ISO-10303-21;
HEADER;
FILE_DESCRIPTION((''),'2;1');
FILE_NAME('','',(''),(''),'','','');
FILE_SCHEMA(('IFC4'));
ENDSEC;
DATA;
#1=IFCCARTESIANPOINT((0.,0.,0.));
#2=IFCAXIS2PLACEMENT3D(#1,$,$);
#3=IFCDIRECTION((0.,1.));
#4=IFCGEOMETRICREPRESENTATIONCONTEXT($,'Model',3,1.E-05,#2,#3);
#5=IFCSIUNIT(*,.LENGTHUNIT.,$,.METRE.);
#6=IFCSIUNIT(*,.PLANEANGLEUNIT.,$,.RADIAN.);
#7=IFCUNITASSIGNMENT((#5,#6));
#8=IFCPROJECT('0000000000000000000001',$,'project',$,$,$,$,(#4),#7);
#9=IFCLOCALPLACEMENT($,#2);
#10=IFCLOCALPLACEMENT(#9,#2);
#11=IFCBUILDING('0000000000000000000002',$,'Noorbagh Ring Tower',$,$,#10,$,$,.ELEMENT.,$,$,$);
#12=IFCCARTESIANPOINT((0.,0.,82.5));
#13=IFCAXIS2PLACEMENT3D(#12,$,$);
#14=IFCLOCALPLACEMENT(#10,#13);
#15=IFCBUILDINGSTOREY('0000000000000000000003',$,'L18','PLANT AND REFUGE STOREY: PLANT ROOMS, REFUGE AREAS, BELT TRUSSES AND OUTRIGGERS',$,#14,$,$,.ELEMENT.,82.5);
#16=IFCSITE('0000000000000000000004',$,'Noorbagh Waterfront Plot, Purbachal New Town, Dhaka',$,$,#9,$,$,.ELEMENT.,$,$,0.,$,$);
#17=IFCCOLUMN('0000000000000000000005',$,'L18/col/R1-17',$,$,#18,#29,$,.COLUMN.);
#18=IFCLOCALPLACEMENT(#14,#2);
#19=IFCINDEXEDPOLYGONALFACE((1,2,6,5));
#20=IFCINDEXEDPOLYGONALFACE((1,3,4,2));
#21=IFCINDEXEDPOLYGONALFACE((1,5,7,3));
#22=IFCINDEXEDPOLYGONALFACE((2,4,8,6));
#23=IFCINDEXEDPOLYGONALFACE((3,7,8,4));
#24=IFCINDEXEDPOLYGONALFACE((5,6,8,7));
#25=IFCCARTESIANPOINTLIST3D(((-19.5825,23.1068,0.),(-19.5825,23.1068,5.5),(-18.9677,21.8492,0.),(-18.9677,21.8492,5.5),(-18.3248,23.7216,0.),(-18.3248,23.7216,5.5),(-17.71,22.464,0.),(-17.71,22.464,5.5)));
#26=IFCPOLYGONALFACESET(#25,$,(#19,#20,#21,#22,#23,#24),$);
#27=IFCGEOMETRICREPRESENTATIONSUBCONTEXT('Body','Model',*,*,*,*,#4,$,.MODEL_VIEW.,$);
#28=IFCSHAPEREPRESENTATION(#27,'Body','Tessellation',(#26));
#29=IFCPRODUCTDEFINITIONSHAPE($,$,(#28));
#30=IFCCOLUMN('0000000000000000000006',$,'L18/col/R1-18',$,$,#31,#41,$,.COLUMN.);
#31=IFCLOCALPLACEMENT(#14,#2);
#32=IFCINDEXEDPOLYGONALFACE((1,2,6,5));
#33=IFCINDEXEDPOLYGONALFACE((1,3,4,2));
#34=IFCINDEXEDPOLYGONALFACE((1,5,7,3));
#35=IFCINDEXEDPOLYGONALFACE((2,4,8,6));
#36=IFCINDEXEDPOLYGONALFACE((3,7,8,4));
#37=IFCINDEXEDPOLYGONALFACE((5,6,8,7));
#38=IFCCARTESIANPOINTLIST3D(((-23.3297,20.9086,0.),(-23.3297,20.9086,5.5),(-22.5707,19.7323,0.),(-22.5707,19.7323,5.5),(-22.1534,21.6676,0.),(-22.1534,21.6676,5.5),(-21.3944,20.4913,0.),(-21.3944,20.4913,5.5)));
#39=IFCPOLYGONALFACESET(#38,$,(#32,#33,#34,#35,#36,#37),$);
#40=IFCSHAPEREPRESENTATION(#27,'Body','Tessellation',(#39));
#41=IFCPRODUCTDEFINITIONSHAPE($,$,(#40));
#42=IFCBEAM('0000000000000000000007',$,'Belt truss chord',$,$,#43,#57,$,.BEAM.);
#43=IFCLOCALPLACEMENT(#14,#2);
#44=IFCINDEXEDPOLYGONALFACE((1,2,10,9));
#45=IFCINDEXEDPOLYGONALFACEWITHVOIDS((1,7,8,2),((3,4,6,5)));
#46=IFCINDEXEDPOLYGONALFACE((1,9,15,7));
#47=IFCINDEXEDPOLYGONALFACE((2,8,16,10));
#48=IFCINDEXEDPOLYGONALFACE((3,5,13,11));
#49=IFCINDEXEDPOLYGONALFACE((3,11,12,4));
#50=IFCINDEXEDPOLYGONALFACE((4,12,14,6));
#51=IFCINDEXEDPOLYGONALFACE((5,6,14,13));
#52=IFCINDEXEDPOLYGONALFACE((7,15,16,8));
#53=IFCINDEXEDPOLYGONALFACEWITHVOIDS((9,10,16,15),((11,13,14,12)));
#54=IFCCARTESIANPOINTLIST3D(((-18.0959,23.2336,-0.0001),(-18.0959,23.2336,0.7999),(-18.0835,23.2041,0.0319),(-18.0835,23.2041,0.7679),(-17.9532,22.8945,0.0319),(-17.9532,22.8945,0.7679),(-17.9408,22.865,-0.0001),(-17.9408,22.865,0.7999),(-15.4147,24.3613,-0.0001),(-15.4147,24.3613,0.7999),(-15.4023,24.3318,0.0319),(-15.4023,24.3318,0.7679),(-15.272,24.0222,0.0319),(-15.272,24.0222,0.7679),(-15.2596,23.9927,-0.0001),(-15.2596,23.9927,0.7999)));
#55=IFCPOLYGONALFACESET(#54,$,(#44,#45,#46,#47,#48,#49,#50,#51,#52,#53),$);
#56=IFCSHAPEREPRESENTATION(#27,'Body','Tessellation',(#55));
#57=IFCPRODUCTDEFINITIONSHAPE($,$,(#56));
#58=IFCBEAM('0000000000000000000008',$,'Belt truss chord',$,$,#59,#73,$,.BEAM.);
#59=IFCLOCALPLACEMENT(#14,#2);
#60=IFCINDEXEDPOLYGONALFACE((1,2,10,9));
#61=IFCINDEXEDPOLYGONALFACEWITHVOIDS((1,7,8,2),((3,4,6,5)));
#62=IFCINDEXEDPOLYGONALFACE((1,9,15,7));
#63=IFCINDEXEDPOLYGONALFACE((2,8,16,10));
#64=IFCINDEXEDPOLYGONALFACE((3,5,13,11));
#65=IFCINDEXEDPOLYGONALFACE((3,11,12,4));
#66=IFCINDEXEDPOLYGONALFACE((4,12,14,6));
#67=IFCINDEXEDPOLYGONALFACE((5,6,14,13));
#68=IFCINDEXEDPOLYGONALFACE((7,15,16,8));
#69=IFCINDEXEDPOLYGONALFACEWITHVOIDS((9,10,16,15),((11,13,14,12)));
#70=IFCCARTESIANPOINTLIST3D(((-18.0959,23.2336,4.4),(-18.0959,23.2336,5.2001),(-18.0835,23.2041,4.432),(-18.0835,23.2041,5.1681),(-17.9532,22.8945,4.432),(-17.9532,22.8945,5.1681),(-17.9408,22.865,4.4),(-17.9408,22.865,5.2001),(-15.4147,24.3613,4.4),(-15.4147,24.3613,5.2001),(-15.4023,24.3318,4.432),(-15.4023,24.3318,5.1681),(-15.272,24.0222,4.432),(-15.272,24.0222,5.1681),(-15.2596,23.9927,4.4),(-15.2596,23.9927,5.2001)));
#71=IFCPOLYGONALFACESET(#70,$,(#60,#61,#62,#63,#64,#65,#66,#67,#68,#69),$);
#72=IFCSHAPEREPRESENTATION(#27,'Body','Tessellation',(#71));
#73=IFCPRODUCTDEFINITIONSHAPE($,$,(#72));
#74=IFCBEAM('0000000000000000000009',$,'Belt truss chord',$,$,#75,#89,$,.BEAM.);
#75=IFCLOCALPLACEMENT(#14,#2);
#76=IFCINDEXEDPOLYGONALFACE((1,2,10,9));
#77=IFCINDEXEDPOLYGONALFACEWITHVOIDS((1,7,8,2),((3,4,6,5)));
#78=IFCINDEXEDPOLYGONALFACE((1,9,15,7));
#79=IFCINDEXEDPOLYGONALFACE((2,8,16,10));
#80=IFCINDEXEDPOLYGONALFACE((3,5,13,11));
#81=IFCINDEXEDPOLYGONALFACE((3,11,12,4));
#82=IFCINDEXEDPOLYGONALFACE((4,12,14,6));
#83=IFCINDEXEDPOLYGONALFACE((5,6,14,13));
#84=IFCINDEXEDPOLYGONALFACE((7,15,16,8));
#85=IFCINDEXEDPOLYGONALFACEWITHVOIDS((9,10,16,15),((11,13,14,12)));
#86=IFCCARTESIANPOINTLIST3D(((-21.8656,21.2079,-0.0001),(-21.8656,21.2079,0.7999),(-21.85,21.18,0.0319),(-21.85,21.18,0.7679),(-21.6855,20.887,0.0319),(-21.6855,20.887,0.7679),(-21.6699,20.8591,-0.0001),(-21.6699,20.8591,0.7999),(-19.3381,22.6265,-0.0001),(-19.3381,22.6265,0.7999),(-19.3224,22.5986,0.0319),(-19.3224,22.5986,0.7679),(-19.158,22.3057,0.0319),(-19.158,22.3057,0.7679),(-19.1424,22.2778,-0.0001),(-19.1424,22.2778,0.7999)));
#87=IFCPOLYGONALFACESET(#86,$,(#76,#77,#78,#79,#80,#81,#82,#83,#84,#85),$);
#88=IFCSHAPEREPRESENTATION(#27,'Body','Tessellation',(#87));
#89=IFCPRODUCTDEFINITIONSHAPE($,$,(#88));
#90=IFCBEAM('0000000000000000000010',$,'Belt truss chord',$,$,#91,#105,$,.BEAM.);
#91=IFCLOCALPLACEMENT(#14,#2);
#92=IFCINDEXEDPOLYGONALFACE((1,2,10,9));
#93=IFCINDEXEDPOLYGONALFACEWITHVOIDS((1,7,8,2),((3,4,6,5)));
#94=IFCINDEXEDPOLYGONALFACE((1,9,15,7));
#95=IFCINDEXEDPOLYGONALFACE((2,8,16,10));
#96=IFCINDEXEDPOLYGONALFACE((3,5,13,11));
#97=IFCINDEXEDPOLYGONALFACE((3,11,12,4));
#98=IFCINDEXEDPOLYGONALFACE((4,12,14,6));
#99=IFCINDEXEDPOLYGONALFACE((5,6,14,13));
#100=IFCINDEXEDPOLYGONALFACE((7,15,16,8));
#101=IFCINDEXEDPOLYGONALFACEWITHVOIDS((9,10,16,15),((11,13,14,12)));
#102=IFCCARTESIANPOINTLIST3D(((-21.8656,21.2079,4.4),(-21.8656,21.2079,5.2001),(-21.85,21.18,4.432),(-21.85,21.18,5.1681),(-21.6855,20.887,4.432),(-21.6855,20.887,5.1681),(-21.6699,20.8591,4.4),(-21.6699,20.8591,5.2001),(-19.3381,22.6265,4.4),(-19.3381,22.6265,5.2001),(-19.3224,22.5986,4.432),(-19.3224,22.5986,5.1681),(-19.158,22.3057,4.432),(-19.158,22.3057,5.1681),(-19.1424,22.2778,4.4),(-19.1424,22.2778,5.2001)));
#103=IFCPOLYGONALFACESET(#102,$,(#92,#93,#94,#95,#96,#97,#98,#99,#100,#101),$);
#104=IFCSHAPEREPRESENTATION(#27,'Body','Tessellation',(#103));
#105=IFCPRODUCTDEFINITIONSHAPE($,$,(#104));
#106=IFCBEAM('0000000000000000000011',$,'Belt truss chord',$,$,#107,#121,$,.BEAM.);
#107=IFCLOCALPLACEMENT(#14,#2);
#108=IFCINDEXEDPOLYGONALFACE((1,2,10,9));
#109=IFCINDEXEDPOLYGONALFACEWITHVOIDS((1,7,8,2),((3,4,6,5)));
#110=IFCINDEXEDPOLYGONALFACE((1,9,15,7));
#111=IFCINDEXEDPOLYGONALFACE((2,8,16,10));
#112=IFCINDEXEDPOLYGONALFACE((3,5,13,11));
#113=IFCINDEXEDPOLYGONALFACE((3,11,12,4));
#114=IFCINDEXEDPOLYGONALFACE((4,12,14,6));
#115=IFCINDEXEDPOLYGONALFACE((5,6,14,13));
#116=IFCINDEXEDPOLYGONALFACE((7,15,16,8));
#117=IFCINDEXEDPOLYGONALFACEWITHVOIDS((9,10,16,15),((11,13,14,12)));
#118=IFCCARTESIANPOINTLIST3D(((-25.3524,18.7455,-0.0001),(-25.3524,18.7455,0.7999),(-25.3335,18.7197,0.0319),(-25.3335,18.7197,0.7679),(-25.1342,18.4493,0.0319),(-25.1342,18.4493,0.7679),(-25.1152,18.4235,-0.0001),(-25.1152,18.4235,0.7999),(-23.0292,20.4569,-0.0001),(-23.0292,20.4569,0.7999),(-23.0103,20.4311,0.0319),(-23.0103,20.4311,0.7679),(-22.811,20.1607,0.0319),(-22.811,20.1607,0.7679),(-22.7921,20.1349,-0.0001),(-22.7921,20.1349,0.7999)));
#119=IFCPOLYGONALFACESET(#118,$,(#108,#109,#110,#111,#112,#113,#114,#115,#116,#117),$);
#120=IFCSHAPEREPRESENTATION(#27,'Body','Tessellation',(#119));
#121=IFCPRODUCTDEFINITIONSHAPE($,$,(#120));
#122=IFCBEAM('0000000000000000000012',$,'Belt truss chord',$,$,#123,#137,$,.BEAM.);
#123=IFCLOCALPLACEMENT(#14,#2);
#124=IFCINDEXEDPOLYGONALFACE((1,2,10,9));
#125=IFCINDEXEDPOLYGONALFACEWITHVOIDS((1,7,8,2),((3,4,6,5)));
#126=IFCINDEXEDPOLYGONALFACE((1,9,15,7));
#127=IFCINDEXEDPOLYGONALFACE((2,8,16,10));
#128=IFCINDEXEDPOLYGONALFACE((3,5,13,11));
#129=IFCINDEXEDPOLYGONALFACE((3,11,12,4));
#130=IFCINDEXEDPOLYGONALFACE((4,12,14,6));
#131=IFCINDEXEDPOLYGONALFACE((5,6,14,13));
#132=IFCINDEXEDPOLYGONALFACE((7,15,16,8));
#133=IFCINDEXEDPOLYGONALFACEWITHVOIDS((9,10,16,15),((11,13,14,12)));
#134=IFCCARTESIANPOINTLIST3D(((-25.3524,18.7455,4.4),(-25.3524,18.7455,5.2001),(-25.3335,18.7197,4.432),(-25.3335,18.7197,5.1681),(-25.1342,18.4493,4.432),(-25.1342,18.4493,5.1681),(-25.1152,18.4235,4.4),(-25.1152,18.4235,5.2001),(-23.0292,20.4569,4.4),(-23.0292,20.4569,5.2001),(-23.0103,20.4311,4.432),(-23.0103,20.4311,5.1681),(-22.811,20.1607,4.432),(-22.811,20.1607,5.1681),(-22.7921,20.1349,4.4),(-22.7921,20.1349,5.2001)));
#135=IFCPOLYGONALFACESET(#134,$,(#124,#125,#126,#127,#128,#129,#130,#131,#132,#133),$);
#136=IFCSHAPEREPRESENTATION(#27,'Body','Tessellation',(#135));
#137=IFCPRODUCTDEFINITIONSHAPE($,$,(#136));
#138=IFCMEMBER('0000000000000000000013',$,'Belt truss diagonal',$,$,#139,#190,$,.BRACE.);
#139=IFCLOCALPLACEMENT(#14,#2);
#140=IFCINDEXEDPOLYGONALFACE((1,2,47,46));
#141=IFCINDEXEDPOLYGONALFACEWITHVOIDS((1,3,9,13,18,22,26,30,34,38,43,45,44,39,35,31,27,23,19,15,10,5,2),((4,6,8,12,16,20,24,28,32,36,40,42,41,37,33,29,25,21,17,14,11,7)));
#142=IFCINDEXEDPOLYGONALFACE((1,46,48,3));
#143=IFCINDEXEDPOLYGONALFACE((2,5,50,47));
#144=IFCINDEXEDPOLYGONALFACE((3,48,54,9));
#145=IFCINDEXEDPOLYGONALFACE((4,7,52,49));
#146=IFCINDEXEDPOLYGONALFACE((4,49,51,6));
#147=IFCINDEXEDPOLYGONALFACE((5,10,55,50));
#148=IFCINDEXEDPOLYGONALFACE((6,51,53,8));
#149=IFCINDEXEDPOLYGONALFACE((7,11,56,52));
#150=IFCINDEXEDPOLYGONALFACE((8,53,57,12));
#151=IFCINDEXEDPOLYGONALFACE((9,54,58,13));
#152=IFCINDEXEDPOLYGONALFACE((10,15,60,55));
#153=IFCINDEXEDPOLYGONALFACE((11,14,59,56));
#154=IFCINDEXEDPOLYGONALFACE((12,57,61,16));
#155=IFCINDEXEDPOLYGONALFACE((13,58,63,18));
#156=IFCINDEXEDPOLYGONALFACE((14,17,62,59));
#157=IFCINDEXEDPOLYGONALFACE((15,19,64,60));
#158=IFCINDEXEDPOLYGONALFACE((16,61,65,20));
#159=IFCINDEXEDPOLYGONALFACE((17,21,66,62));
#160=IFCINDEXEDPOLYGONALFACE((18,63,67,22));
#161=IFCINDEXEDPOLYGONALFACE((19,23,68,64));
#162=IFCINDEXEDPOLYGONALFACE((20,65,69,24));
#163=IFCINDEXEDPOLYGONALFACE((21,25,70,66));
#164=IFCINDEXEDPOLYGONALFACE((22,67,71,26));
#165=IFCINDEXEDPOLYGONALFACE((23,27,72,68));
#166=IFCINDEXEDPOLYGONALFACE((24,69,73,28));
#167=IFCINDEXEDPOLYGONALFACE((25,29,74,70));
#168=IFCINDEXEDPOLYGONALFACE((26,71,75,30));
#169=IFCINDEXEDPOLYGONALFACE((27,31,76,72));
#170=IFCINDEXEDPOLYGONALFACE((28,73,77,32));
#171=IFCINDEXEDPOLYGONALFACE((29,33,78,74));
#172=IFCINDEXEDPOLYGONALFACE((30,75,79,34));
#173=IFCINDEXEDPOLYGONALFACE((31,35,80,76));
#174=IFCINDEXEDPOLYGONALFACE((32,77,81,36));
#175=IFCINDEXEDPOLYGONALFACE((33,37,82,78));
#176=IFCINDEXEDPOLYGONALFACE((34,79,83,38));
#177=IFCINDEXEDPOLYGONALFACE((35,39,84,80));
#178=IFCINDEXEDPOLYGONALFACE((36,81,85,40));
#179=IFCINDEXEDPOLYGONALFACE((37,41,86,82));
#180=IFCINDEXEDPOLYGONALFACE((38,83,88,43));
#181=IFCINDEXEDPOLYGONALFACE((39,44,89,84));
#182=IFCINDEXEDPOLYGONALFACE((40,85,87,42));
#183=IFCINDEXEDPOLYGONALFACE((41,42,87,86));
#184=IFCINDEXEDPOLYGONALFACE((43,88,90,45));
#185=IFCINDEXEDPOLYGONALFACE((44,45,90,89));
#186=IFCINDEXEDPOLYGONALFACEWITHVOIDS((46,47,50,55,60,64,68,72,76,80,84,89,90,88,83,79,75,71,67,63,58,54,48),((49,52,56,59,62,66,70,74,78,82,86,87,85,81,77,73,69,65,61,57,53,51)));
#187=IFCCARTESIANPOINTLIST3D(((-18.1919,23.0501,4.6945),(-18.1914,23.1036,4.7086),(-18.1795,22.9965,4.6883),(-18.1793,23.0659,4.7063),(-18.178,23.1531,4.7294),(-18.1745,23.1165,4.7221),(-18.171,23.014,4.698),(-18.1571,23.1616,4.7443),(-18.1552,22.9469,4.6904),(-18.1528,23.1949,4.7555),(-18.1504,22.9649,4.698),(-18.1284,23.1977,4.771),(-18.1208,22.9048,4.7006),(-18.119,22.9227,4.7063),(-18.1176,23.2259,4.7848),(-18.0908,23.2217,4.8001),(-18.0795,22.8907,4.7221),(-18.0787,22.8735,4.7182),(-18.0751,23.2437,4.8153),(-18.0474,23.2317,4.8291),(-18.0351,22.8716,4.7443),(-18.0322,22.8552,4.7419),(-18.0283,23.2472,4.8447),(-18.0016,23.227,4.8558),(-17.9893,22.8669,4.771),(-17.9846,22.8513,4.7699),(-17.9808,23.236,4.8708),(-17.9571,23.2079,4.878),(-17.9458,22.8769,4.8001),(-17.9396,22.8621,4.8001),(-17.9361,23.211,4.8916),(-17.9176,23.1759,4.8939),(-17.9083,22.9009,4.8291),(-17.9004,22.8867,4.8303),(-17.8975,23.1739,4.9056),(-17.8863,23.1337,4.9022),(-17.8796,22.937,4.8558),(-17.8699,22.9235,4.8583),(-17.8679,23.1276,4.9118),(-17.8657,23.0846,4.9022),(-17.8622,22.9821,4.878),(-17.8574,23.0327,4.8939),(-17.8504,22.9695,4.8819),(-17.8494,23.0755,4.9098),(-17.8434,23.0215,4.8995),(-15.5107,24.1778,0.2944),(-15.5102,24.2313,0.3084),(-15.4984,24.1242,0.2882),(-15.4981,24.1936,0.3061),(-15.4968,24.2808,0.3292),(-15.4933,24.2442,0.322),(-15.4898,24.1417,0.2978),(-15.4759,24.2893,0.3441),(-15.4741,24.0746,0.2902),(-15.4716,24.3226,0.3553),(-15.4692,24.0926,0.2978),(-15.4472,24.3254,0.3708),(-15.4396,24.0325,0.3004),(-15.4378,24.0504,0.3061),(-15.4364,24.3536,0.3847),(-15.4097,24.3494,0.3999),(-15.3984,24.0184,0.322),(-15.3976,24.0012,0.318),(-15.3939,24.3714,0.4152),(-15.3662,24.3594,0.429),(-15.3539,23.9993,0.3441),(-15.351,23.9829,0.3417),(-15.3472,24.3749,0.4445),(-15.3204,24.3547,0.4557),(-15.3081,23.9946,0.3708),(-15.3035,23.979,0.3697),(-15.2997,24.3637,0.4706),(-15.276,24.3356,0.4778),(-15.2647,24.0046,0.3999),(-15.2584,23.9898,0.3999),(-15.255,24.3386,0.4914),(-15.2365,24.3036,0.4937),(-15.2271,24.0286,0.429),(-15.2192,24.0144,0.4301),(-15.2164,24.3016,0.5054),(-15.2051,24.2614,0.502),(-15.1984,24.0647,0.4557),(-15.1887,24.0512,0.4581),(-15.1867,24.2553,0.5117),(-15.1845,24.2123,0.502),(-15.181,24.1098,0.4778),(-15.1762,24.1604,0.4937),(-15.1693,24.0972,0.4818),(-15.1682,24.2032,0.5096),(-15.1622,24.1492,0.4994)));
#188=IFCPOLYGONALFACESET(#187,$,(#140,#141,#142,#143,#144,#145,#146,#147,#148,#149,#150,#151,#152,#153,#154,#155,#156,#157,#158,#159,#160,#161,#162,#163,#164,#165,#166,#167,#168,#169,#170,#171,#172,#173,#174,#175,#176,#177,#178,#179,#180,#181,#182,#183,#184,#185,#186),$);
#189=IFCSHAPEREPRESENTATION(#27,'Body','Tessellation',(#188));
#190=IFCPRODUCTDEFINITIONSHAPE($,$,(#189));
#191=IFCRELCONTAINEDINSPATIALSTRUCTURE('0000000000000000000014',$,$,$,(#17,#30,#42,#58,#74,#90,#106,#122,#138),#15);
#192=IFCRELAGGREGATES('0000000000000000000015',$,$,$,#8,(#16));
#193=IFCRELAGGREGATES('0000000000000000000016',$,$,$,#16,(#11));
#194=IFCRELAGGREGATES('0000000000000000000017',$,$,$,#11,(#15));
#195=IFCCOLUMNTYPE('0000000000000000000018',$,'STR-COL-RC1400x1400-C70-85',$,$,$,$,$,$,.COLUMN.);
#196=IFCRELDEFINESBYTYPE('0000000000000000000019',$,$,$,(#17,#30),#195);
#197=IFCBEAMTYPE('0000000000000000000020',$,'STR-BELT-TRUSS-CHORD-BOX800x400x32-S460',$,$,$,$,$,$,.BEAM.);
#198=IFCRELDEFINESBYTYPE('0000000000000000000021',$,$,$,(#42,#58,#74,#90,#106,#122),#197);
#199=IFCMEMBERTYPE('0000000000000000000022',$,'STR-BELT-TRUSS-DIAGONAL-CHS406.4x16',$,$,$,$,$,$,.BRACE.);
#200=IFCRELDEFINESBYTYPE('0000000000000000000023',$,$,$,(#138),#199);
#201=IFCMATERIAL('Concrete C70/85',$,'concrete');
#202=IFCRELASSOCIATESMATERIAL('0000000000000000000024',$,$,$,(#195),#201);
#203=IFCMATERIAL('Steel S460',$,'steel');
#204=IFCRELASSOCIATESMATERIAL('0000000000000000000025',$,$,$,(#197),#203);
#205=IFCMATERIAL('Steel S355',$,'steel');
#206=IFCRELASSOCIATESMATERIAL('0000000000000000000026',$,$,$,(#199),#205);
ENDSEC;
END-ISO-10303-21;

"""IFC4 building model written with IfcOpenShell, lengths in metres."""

from ifc_helpers import new_model, si_unit, direction, frame, origin, origin_2d, place, context, subcontext, project, spatial, rectangle, hollow_rectangle, hollow_circle, extrude, material, material_profile, profile_set, type_object, element, save


model = new_model("IFC4")

# Units and contexts
model_context = context("Model", 3, precision=1e-05, world=origin(), true_north=direction((0.0, 1.0)))
body_context = subcontext(model_context, "Body", "Model", "MODEL_VIEW")
ifc_project = project(units=[si_unit("LENGTHUNIT", "METRE"), si_unit("PLANEANGLEUNIT", "RADIAN")], contexts=[model_context])

# Site, building, storey
site_placement = place(None, origin())
site = spatial("IfcSite", under=ifc_project, at=site_placement, Name="Noorbagh Waterfront Plot, Purbachal New Town, Dhaka", CompositionType="ELEMENT", RefElevation=0.0)
building_placement = place(site_placement, origin())
building = spatial("IfcBuilding", under=site, at=building_placement, Name="Noorbagh Ring Tower", CompositionType="ELEMENT")
storey_placement = place(building_placement, frame((0.0, 0.0, 82.5)))
storey = spatial("IfcBuildingStorey", under=building, at=storey_placement, Name="L18", Description="PLANT AND REFUGE STOREY: PLANT ROOMS, REFUGE AREAS, BELT TRUSSES AND OUTRIGGERS", CompositionType="ELEMENT", Elevation=82.5)

# Columns
ifc_material_1 = material(Name="Concrete C70/85", Category="concrete")
ifc_material_profile_1 = material_profile(ifc_material_1, rectangle(XDim=1.3999, YDim=1.3999, at=origin_2d()), Name="RC1400x1400")
ifc_profile_set_1 = profile_set([ifc_material_profile_1], Name="Concrete C70/85")
column_type = type_object("IfcColumnType", Name="STR-COL-RC1400x1400-C70-85", PredefinedType="COLUMN", material=ifc_profile_set_1)
for number, where, z_axis, x_axis, name in (
    (1, (-18.6462, 22.7854, 0.0), (0.0, 0.0, 1.0), (-0.898399, -0.43918, 0.0), "L18/col/R1-17"),
    (2, (-22.3621, 20.7, 0.0), (0.0, 0.0, 1.0), (-0.840248, -0.542203, 0.0), "L18/col/R1-18"),
):
    element("IfcColumn", number, at=place(storey_placement, frame(where, z_axis=z_axis, x_axis=x_axis)), inside=storey, type_object=column_type, Name=name, PredefinedType="COLUMN", context=body_context, shape_type="SweptSolid", body=[
        extrude(rectangle(XDim=1.3999, YDim=1.3999, at=origin_2d()), origin(), (0.0, 0.0, 1.0), 5.5),
    ])

# Beams
ifc_material_2 = material(Name="Steel S460", Category="steel")
ifc_material_profile_2 = material_profile(ifc_material_2, hollow_rectangle(XDim=0.3999, YDim=0.8, WallThickness=0.032, at=origin_2d()), Name="BOX800x400x32")
ifc_profile_set_2 = profile_set([ifc_material_profile_2], Name="Steel S460")
beam_type_1 = type_object("IfcBeamType", Name="STR-BELT-TRUSS-CHORD-BOX800x400x32-S460", PredefinedType="BEAM", material=ifc_profile_set_2)
for number, where, z_axis, x_axis, name in (
    (3, (-15.3372, 24.177, 0.3999), (-0.921785, -0.3877, 0.0), (0.3877, -0.921785, 0.0), "Belt truss chord"),
    (4, (-15.3372, 24.177, 4.8), (-0.921785, -0.3877, 0.0), (0.3877, -0.921785, 0.0), "Belt truss chord"),
):
    element("IfcBeam", number, at=place(storey_placement, frame(where, z_axis=z_axis, x_axis=x_axis)), inside=storey, type_object=beam_type_1, Name=name, PredefinedType="BEAM", context=body_context, shape_type="SweptSolid", body=[
        extrude(hollow_rectangle(XDim=0.3999, YDim=0.8, WallThickness=0.032, at=origin_2d()), origin(), (0.0, 0.0, 1.0), 2.9087),
    ])
for number, where, z_axis, x_axis, name in (
    (5, (-19.2402, 22.4521, 0.3999), (-0.872027, -0.489457, 0.0), (0.489457, -0.872027, 0.0), "Belt truss chord"),
    (6, (-19.2402, 22.4521, 4.8), (-0.872027, -0.489457, 0.0), (0.489457, -0.872027, 0.0), "Belt truss chord"),
):
    element("IfcBeam", number, at=place(storey_placement, frame(where, z_axis=z_axis, x_axis=x_axis)), inside=storey, type_object=beam_type_1, Name=name, PredefinedType="BEAM", context=body_context, shape_type="SweptSolid", body=[
        extrude(hollow_rectangle(XDim=0.3999, YDim=0.8, WallThickness=0.032, at=origin_2d()), origin(), (0.0, 0.0, 1.0), 2.8984),
    ])
for number, where, z_axis, x_axis, name in (
    (7, (-22.9106, 20.2959, 0.3999), (-0.805128, -0.593101, 0.0), (0.593101, -0.805128, 0.0), "Belt truss chord"),
    (8, (-22.9106, 20.2959, 4.8), (-0.805128, -0.593101, 0.0), (0.593101, -0.805128, 0.0), "Belt truss chord"),
):
    element("IfcBeam", number, at=place(storey_placement, frame(where, z_axis=z_axis, x_axis=x_axis)), inside=storey, type_object=beam_type_1, Name=name, PredefinedType="BEAM", context=body_context, shape_type="SweptSolid", body=[
        extrude(hollow_rectangle(XDim=0.3999, YDim=0.8, WallThickness=0.032, at=origin_2d()), origin(), (0.0, 0.0, 1.0), 2.8855),
    ])

# Member
ifc_material_3 = material(Name="Steel S355", Category="steel")
ifc_material_profile_3 = material_profile(ifc_material_3, hollow_circle(Radius=0.2031, WallThickness=0.0161, at=origin_2d()), Name="CHS406.4x16")
ifc_profile_set_3 = profile_set([ifc_material_profile_3], Name="Steel S355")
member_type = type_object("IfcMemberType", Name="STR-BELT-TRUSS-DIAGONAL-CHS406.4x16", PredefinedType="BRACE", material=ifc_profile_set_3)
member_1_placement = place(storey_placement, frame((-15.3372, 24.177, 0.3999), z_axis=(-0.508313, -0.213795, 0.834212), x_axis=(0.3877, -0.921785, 0.0)))
element("IfcMember", 9, at=member_1_placement, inside=storey, type_object=member_type, Name="Belt truss diagonal", PredefinedType="BRACE", context=body_context, shape_type="SweptSolid", body=[
    extrude(hollow_circle(Radius=0.2031, WallThickness=0.0161, at=origin_2d()), origin(), (0.0, 0.0, 1.0), 5.2747),
])

save(model, "model.ifc")
